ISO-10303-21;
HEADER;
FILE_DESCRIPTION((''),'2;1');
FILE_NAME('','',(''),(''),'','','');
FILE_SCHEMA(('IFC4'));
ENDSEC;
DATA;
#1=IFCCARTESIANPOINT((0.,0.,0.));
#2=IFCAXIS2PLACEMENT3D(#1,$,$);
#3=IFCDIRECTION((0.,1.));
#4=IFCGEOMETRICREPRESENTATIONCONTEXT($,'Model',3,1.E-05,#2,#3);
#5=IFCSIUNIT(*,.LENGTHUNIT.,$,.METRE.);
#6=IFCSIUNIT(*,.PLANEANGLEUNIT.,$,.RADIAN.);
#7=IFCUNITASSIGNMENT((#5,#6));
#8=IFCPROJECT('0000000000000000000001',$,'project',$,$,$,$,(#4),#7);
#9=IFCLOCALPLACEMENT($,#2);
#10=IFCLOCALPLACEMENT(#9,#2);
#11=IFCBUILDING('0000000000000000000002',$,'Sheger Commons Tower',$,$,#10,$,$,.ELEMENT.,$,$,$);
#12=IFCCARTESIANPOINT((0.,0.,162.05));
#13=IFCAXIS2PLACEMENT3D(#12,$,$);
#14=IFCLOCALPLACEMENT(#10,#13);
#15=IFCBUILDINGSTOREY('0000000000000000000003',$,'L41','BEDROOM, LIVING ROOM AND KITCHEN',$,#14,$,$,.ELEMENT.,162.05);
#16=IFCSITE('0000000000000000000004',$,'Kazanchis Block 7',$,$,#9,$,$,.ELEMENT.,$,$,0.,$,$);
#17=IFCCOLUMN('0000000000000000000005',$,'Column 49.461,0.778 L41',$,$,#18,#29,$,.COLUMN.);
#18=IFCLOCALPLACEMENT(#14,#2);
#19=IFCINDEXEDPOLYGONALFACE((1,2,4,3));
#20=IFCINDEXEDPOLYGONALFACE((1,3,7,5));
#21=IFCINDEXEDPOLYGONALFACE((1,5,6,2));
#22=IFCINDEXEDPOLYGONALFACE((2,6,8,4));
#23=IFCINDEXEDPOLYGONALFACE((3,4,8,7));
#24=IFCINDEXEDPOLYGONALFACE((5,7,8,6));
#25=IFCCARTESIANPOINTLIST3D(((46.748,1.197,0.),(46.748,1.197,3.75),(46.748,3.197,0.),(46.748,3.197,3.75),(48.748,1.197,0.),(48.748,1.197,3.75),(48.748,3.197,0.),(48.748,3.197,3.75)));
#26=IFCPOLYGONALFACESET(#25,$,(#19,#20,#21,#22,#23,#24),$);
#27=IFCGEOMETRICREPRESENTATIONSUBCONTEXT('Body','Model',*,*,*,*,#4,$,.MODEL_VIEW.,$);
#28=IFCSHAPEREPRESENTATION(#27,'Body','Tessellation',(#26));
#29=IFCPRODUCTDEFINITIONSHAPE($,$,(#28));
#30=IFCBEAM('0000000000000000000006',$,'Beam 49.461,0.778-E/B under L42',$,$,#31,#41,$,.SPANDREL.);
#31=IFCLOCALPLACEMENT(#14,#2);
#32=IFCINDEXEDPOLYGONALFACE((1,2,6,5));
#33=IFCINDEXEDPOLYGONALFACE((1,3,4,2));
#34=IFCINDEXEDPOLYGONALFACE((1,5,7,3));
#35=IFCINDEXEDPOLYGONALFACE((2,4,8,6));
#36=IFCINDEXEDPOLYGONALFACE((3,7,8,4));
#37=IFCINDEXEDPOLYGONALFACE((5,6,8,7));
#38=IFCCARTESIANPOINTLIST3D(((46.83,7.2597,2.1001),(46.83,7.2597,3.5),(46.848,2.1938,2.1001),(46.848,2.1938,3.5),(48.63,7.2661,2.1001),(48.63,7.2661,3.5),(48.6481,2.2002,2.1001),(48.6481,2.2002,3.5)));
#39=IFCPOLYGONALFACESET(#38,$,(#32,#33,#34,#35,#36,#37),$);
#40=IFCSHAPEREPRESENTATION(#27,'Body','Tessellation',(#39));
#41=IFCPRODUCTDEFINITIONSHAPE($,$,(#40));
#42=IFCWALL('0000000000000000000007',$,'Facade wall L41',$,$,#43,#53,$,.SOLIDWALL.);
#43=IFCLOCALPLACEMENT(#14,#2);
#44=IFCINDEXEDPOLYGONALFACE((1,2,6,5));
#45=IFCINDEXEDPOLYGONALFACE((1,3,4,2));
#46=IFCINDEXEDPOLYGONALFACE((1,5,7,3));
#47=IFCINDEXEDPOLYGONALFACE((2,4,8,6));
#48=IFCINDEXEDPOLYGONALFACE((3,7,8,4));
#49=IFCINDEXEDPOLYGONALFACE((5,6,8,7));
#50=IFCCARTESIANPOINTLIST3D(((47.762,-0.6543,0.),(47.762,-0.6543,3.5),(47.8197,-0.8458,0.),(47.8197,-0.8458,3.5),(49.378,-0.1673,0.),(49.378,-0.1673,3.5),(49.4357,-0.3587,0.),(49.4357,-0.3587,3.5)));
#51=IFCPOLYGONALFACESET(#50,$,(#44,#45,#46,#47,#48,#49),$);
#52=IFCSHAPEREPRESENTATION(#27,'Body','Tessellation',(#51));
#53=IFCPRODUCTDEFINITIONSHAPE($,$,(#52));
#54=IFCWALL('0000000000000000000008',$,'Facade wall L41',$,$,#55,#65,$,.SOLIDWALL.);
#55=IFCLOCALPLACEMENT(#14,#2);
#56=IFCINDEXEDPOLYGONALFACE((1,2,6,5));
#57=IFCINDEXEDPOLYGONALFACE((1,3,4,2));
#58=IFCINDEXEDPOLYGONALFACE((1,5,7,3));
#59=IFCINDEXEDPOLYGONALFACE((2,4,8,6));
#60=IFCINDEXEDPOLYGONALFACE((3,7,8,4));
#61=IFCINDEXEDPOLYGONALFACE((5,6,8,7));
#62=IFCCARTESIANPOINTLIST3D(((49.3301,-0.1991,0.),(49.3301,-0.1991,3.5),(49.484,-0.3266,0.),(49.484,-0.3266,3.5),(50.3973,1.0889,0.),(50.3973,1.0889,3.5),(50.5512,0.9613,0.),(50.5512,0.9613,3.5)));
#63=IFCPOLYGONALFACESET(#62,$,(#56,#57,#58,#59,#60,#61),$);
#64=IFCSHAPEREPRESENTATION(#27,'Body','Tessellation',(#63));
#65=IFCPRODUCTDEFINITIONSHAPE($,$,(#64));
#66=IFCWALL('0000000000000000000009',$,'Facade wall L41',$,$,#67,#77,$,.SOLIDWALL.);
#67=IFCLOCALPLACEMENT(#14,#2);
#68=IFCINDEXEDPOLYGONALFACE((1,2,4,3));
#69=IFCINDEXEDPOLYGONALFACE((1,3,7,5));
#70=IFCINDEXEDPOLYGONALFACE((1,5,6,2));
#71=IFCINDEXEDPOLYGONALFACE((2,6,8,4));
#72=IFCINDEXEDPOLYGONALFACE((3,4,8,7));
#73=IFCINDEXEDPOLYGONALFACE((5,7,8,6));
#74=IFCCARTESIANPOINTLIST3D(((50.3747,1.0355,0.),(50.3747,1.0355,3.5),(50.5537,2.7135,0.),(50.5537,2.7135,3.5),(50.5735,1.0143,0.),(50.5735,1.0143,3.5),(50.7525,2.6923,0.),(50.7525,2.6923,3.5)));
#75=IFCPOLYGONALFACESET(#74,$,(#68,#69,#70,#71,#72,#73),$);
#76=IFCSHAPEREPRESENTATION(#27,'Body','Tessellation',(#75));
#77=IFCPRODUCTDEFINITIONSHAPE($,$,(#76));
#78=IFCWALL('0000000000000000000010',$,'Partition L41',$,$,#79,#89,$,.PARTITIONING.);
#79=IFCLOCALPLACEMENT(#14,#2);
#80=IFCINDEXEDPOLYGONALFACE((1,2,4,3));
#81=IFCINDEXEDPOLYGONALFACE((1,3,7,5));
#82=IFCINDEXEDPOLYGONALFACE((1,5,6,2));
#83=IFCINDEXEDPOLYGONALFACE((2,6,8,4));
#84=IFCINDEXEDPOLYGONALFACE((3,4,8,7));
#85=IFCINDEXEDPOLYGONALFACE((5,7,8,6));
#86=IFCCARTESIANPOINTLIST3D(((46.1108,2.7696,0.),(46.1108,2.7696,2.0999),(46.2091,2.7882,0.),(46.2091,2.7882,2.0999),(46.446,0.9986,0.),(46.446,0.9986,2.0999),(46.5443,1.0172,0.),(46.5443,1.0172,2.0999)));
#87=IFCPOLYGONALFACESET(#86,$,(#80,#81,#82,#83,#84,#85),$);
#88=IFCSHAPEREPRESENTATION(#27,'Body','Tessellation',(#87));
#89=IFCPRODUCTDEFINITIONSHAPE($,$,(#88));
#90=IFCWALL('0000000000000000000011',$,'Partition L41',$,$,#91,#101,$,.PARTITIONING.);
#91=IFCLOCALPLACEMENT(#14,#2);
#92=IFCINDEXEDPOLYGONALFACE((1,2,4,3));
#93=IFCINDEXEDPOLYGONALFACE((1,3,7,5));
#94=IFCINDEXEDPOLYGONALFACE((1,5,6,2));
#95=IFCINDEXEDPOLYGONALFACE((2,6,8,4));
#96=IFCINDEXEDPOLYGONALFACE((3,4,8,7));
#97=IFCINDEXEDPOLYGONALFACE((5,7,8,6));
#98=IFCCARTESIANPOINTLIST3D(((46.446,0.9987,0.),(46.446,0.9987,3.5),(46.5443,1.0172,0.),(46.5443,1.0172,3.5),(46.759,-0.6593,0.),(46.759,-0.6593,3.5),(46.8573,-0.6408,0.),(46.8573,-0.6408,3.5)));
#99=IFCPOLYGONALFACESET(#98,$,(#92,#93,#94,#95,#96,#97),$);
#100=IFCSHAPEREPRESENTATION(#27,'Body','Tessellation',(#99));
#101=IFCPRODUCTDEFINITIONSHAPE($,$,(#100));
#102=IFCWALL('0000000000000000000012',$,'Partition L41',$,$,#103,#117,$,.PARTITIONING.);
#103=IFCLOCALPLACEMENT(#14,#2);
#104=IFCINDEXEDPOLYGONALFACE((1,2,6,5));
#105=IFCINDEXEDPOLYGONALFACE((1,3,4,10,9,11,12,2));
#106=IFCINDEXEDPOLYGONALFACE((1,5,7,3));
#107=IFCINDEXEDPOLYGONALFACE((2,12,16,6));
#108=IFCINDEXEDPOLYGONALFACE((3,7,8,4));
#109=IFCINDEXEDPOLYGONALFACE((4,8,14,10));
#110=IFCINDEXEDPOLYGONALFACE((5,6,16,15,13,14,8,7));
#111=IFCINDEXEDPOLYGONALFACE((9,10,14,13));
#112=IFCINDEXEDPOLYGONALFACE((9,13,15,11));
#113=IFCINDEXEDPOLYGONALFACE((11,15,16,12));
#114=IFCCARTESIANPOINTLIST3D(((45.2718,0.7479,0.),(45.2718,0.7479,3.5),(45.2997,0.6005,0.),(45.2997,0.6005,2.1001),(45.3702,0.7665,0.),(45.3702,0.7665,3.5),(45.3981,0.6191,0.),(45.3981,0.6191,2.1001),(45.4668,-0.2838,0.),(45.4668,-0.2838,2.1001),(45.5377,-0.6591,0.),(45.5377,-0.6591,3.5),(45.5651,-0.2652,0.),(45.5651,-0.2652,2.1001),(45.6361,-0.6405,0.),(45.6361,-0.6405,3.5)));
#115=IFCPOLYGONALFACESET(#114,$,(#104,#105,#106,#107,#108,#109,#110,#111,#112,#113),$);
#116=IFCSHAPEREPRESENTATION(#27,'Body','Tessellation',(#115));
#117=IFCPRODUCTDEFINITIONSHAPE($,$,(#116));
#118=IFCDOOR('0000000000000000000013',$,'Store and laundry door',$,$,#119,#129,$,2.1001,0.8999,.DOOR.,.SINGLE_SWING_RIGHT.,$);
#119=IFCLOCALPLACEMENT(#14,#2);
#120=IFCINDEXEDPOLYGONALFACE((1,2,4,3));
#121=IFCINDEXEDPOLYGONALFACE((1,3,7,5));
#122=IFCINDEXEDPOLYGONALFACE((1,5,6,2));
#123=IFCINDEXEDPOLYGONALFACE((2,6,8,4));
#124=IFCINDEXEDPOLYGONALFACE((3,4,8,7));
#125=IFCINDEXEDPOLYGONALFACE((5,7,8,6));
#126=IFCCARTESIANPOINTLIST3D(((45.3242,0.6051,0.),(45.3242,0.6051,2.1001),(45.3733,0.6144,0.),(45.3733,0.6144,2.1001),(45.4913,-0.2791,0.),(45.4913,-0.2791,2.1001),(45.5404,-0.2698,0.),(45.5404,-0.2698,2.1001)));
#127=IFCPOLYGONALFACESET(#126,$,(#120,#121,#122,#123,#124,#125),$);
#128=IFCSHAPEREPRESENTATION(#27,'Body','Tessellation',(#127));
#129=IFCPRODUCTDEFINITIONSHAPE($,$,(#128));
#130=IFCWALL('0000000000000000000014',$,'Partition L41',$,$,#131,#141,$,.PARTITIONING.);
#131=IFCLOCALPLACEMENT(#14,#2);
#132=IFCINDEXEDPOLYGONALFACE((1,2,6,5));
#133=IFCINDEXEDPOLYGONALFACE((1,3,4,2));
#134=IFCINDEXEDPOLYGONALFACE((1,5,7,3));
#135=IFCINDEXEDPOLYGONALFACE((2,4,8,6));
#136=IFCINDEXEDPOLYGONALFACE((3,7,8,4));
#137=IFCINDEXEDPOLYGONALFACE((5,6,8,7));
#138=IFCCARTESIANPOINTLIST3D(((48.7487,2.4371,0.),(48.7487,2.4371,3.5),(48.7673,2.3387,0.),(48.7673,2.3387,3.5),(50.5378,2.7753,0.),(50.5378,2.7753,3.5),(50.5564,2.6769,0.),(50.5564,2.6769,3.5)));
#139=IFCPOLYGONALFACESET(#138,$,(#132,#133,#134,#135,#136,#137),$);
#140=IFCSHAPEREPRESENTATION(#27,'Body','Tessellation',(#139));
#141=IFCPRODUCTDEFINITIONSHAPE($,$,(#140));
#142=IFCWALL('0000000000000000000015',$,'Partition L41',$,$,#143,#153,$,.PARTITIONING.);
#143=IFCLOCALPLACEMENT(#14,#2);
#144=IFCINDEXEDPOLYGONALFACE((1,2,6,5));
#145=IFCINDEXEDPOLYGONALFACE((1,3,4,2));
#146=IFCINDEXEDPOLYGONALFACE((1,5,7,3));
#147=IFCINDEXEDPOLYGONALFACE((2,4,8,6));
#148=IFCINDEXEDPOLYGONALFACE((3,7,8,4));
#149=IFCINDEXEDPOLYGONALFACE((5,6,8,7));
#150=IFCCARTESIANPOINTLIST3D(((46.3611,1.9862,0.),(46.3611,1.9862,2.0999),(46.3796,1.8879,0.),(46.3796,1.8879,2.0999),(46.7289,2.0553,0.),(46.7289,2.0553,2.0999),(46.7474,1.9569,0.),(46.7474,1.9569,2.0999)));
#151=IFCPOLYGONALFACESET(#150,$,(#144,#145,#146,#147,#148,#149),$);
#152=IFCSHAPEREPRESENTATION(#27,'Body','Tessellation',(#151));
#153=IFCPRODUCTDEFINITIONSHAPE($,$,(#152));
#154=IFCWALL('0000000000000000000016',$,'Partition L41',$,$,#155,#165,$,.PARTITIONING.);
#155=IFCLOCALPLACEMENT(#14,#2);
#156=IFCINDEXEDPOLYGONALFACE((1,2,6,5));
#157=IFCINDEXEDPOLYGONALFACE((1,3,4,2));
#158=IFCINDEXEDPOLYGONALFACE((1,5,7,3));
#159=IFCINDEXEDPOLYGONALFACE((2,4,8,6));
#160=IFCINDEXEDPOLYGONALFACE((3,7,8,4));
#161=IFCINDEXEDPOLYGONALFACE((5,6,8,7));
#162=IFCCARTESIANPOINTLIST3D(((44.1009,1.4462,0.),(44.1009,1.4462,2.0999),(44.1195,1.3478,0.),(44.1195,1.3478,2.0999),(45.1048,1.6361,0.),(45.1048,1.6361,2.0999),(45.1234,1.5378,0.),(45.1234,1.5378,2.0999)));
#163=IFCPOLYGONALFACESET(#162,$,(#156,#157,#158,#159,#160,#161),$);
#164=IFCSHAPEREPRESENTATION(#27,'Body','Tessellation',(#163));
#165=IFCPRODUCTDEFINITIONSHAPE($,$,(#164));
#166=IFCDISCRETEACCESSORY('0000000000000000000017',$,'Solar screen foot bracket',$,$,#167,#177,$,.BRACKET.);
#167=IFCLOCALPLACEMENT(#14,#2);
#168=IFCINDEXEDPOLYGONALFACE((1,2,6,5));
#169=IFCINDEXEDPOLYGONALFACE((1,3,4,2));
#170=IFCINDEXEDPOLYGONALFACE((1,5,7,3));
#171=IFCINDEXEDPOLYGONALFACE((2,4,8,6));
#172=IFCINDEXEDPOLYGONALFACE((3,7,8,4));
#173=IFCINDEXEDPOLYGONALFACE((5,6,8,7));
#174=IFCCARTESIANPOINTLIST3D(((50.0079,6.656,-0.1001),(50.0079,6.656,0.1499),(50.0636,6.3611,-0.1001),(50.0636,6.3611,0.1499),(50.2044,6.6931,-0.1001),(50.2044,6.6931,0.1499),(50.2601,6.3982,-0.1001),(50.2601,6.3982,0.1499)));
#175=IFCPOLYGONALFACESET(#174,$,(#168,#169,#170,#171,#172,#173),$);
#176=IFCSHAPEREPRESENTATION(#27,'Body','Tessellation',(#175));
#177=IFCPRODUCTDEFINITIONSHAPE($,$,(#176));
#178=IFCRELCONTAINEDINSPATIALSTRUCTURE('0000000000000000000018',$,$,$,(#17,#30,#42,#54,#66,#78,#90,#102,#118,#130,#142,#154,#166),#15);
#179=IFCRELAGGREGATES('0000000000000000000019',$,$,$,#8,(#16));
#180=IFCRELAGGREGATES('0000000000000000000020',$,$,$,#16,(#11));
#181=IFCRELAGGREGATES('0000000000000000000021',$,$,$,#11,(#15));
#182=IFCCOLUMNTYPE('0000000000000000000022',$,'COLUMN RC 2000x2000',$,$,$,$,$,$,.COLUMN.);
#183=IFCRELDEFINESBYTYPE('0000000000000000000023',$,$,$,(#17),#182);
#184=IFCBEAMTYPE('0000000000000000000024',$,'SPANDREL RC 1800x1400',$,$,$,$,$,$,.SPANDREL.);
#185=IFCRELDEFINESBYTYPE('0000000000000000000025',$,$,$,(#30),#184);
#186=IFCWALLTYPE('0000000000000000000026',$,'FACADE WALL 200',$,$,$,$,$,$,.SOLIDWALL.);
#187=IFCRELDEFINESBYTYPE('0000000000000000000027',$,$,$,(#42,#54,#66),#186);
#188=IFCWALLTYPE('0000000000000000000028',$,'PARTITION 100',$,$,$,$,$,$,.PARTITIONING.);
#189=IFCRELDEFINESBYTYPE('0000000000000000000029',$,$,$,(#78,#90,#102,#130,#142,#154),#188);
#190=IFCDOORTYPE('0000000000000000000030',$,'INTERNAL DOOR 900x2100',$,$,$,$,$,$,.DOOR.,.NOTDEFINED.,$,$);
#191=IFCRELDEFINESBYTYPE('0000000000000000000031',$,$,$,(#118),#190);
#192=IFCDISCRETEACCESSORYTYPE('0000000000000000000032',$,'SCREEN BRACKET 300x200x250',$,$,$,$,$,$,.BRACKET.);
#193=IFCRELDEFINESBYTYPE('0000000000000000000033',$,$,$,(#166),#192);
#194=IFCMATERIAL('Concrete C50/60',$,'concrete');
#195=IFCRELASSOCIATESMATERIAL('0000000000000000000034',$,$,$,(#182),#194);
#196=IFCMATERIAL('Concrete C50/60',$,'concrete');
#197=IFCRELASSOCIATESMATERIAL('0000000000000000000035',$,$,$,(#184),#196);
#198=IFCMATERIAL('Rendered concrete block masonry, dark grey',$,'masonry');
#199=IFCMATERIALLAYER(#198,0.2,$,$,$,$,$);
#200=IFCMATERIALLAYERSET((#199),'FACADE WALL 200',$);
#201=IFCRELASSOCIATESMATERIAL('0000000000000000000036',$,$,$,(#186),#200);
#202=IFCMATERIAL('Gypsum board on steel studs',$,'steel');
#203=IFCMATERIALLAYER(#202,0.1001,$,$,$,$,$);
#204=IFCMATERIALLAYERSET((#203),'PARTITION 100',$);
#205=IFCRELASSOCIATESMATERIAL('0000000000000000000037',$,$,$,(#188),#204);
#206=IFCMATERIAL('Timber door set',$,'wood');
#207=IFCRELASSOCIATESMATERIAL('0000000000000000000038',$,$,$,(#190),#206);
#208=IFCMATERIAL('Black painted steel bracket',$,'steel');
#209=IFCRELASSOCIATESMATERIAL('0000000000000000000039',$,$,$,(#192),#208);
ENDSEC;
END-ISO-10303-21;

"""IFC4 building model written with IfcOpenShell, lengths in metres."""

from ifc_helpers import new_model, si_unit, direction, frame, frame_2d, origin, origin_2d, place, context, subcontext, project, spatial, rectangle, extrude, material, layer, layer_set, material_profile, profile_set, type_object, element, fill, save


model = new_model("IFC4")

# Units and contexts
model_context = context("Model", 3, precision=1e-05, world=origin(), true_north=direction((0.0, 1.0)))
body_context = subcontext(model_context, "Body", "Model", "MODEL_VIEW")
ifc_project = project(units=[si_unit("LENGTHUNIT", "METRE"), si_unit("PLANEANGLEUNIT", "RADIAN")], contexts=[model_context])

# Site, building, storey
site_placement = place(None, origin())
site = spatial("IfcSite", under=ifc_project, at=site_placement, Name="Kazanchis Block 7", CompositionType="ELEMENT", RefElevation=0.0)
building_placement = place(site_placement, origin())
building = spatial("IfcBuilding", under=site, at=building_placement, Name="Sheger Commons Tower", CompositionType="ELEMENT")
storey_placement = place(building_placement, frame((0.0, 0.0, 162.05)))
storey = spatial("IfcBuildingStorey", under=building, at=storey_placement, Name="L41", Description="BEDROOM, LIVING ROOM AND KITCHEN", CompositionType="ELEMENT", Elevation=162.05)

# Column
ifc_material_1 = material(Name="Concrete C50/60", Category="concrete")
ifc_material_profile_1 = material_profile(ifc_material_1, rectangle(XDim=2.0, YDim=2.0, at=origin_2d()), Name="RC 2000x2000")
ifc_profile_set_1 = profile_set([ifc_material_profile_1], Name="Concrete C50/60")
column_type = type_object("IfcColumnType", Name="COLUMN RC 2000x2000", PredefinedType="COLUMN", material=ifc_profile_set_1)
column_placement = place(storey_placement, frame((47.748, 2.197, 0.0), z_axis=(0.0, 0.0, 1.0), x_axis=(1.0, 0.0, 0.0)))
element("IfcColumn", 1, at=column_placement, inside=storey, type_object=column_type, Name="Column 49.461,0.778 L41", PredefinedType="COLUMN", context=body_context, shape_type="SweptSolid", body=[
    extrude(rectangle(XDim=2.0, YDim=2.0, at=origin_2d()), origin(), (0.0, 0.0, 1.0), 3.75),
])

# Beam
ifc_material_2 = material(Name="Concrete C50/60", Category="concrete")
ifc_material_profile_2 = material_profile(ifc_material_2, rectangle(XDim=1.8, YDim=1.3999, at=origin_2d()), Name="RC 1800x1400")
ifc_profile_set_2 = profile_set([ifc_material_profile_2], Name="Concrete C50/60")
beam_type = type_object("IfcBeamType", Name="SPANDREL RC 1800x1400", PredefinedType="SPANDREL", material=ifc_profile_set_2)
beam_placement = place(storey_placement, frame((47.748, 2.197, 2.8), z_axis=(-0.003566, 0.999994, 0.0), x_axis=(-0.999994, -0.003566, 0.0)))
element("IfcBeam", 2, at=beam_placement, inside=storey, type_object=beam_type, Name="Beam 49.461,0.778-E/B under L42", PredefinedType="SPANDREL", context=body_context, shape_type="SweptSolid", body=[
    extrude(rectangle(XDim=1.8, YDim=1.3999, at=origin_2d()), origin(), (0.0, 0.0, 1.0), 5.0659),
])

# Walls
ifc_material_3 = material(Name="Rendered concrete block masonry, dark grey", Category="masonry")
ifc_layer_1 = layer(ifc_material_3, 0.2)
ifc_layer_set_1 = layer_set([ifc_layer_1], Name="FACADE WALL 200")
wall_type_1 = type_object("IfcWallType", Name="FACADE WALL 200", PredefinedType="SOLIDWALL", material=ifc_layer_set_1)
wall_1_placement = place(storey_placement, frame((47.791, -0.75, 0.0), z_axis=(0.0, 0.0, 1.0), x_axis=(0.957455, 0.288582, 0.0)))
element("IfcWall", 3, at=wall_1_placement, inside=storey, type_object=wall_type_1, Name="Facade wall L41", PredefinedType="SOLIDWALL", context=body_context, shape_type="SweptSolid", body=[
    extrude(rectangle(XDim=1.6877, YDim=0.2, at=frame_2d((0.8438, 0.0))), origin(), (0.0, 0.0, 1.0), 3.5),
])
wall_2_placement = place(storey_placement, frame((49.407, -0.2629, 0.0), z_axis=(0.0, 0.0, 1.0), x_axis=(0.638043, 0.770001, 0.0)))
element("IfcWall", 4, at=wall_2_placement, inside=storey, type_object=wall_type_1, Name="Facade wall L41", PredefinedType="SOLIDWALL", context=body_context, shape_type="SweptSolid", body=[
    extrude(rectangle(XDim=1.6726, YDim=0.2, at=frame_2d((0.8364, 0.0))), origin(), (0.0, 0.0, 1.0), 3.5),
])
wall_3_placement = place(storey_placement, frame((50.4741, 1.0249, 0.0), z_axis=(0.0, 0.0, 1.0), x_axis=(0.106048, 0.994361, 0.0)))
element("IfcWall", 5, at=wall_3_placement, inside=storey, type_object=wall_type_1, Name="Facade wall L41", PredefinedType="SOLIDWALL", context=body_context, shape_type="SweptSolid", body=[
    extrude(rectangle(XDim=1.6875, YDim=0.2, at=frame_2d((0.8438, 0.0))), origin(), (0.0, 0.0, 1.0), 3.5),
])

# Walls
ifc_material_4 = material(Name="Gypsum board on steel studs", Category="steel")
ifc_layer_2 = layer(ifc_material_4, 0.1001)
ifc_layer_set_2 = layer_set([ifc_layer_2], Name="PARTITION 100")
wall_type_2 = type_object("IfcWallType", Name="PARTITION 100", PredefinedType="PARTITIONING", material=ifc_layer_set_2)
wall_4_placement = place(storey_placement, frame((46.1599, 2.7791, 0.0), z_axis=(0.0, 0.0, 1.0), x_axis=(0.185973, -0.982555, 0.0)))
element("IfcWall", 6, at=wall_4_placement, inside=storey, type_object=wall_type_2, Name="Partition L41", PredefinedType="PARTITIONING", context=body_context, shape_type="SweptSolid", body=[
    extrude(rectangle(XDim=1.8025, YDim=0.1001, at=frame_2d((0.9014, 0.0))), origin(), (0.0, 0.0, 1.0), 2.0999),
])
wall_5_placement = place(storey_placement, frame((46.4951, 1.0081, 0.0), z_axis=(0.0, 0.0, 1.0), x_axis=(0.185503, -0.982644, 0.0)))
element("IfcWall", 7, at=wall_5_placement, inside=storey, type_object=wall_type_2, Name="Partition L41", PredefinedType="PARTITIONING", context=body_context, shape_type="SweptSolid", body=[
    extrude(rectangle(XDim=1.6873, YDim=0.1001, at=frame_2d((0.8438, 0.0))), origin(), (0.0, 0.0, 1.0), 3.5),
])

# Wall, opening, door
wall_6_placement = place(storey_placement, frame((45.321, 0.7571, 0.0), z_axis=(0.0, 0.0, 1.0), x_axis=(0.185678, -0.982611, 0.0)))
wall_6 = element("IfcWall", 8, at=wall_6_placement, inside=storey, type_object=wall_type_2, Name="Partition L41", PredefinedType="PARTITIONING", context=body_context, shape_type="SweptSolid", body=[
    extrude(rectangle(XDim=1.4319, YDim=0.1001, at=frame_2d((0.7158, 0.0))), origin(), (0.0, 0.0, 1.0), 3.5),
])
opening_1_placement = place(wall_6_placement, frame((0.1499, 0.0, 0.0)))
opening_1 = element("IfcOpeningElement", 9, at=opening_1_placement, cuts=wall_6, PredefinedType="OPENING", context=body_context, shape_type="SweptSolid", body=[
    extrude(rectangle(XDim=0.8999, YDim=2.1001, at=frame_2d((0.45, 1.05))), frame((0.0, 0.0601, 0.0), z_axis=(0.0, -1.0, 0.0), x_axis=(1.0, 0.0, 0.0)), (0.0, 0.0, 1.0), 0.1201),
])
ifc_material_5 = material(Name="Timber door set", Category="wood")
door_type = type_object("IfcDoorType", Name="INTERNAL DOOR 900x2100", OperationType="NOTDEFINED", PredefinedType="DOOR", material=ifc_material_5)
door_placement = place(opening_1_placement, origin())
door = element("IfcDoor", 10, at=door_placement, inside=storey, type_object=door_type, Name="Store and laundry door", OperationType="SINGLE_SWING_RIGHT", OverallHeight=2.1001, OverallWidth=0.8999, PredefinedType="DOOR", context=body_context, shape_type="SweptSolid", body=[
    extrude(rectangle(XDim=0.8999, YDim=2.1001, at=frame_2d((0.45, 1.05))), frame((0.0, 0.0249, 0.0), z_axis=(0.0, -1.0, 0.0), x_axis=(1.0, 0.0, 0.0)), (0.0, 0.0, 1.0), 0.05),
])
fill(opening_1, door)

# Walls
wall_7_placement = place(storey_placement, frame((50.5471, 2.7261, 0.0), z_axis=(0.0, 0.0, 1.0), x_axis=(-0.982604, -0.185713, 0.0)))
element("IfcWall", 11, at=wall_7_placement, inside=storey, type_object=wall_type_2, Name="Partition L41", PredefinedType="PARTITIONING", context=body_context, shape_type="SweptSolid", body=[
    extrude(rectangle(XDim=1.8208, YDim=0.1001, at=frame_2d((0.9104, 0.0))), origin(), (0.0, 0.0, 1.0), 3.5),
])
wall_8_placement = place(storey_placement, frame((46.738, 2.0061, 0.0), z_axis=(0.0, 0.0, 1.0), x_axis=(-0.98282, -0.184564, 0.0)))
element("IfcWall", 12, at=wall_8_placement, inside=storey, type_object=wall_type_2, Name="Partition L41", PredefinedType="PARTITIONING", context=body_context, shape_type="SweptSolid", body=[
    extrude(rectangle(XDim=0.3743, YDim=0.1001, at=frame_2d((0.187, 0.0))), origin(), (0.0, 0.0, 1.0), 2.0999),
])
wall_9_placement = place(storey_placement, frame((45.114, 1.5869, 0.0), z_axis=(0.0, 0.0, 1.0), x_axis=(-0.982568, -0.185904, 0.0)))
element("IfcWall", 13, at=wall_9_placement, inside=storey, type_object=wall_type_2, Name="Partition L41", PredefinedType="PARTITIONING", context=body_context, shape_type="SweptSolid", body=[
    extrude(rectangle(XDim=1.0217, YDim=0.1001, at=frame_2d((0.5107, 0.0))), origin(), (0.0, 0.0, 1.0), 2.0999),
])

# Discrete accessory
ifc_material_6 = material(Name="Black painted steel bracket", Category="steel")
discrete_accessory_type = type_object("IfcDiscreteAccessoryType", Name="SCREEN BRACKET 300x200x250", PredefinedType="BRACKET", material=ifc_material_6)
for number, where, z_axis, x_axis, name in (
    (14, (50.134, 6.5271, -0.1001), (0.0, 0.0, 1.0), (-0.185615, 0.982623, 0.0), "Solar screen foot bracket"),
):
    element("IfcDiscreteAccessory", number, at=place(storey_placement, frame(where, z_axis=z_axis, x_axis=x_axis)), inside=storey, type_object=discrete_accessory_type, Name=name, PredefinedType="BRACKET", context=body_context, shape_type="SweptSolid", body=[
        extrude(rectangle(XDim=0.3, YDim=0.2, at=origin_2d()), origin(), (0.0, 0.0, 1.0), 0.25),
    ])

save(model, "model.ifc")
